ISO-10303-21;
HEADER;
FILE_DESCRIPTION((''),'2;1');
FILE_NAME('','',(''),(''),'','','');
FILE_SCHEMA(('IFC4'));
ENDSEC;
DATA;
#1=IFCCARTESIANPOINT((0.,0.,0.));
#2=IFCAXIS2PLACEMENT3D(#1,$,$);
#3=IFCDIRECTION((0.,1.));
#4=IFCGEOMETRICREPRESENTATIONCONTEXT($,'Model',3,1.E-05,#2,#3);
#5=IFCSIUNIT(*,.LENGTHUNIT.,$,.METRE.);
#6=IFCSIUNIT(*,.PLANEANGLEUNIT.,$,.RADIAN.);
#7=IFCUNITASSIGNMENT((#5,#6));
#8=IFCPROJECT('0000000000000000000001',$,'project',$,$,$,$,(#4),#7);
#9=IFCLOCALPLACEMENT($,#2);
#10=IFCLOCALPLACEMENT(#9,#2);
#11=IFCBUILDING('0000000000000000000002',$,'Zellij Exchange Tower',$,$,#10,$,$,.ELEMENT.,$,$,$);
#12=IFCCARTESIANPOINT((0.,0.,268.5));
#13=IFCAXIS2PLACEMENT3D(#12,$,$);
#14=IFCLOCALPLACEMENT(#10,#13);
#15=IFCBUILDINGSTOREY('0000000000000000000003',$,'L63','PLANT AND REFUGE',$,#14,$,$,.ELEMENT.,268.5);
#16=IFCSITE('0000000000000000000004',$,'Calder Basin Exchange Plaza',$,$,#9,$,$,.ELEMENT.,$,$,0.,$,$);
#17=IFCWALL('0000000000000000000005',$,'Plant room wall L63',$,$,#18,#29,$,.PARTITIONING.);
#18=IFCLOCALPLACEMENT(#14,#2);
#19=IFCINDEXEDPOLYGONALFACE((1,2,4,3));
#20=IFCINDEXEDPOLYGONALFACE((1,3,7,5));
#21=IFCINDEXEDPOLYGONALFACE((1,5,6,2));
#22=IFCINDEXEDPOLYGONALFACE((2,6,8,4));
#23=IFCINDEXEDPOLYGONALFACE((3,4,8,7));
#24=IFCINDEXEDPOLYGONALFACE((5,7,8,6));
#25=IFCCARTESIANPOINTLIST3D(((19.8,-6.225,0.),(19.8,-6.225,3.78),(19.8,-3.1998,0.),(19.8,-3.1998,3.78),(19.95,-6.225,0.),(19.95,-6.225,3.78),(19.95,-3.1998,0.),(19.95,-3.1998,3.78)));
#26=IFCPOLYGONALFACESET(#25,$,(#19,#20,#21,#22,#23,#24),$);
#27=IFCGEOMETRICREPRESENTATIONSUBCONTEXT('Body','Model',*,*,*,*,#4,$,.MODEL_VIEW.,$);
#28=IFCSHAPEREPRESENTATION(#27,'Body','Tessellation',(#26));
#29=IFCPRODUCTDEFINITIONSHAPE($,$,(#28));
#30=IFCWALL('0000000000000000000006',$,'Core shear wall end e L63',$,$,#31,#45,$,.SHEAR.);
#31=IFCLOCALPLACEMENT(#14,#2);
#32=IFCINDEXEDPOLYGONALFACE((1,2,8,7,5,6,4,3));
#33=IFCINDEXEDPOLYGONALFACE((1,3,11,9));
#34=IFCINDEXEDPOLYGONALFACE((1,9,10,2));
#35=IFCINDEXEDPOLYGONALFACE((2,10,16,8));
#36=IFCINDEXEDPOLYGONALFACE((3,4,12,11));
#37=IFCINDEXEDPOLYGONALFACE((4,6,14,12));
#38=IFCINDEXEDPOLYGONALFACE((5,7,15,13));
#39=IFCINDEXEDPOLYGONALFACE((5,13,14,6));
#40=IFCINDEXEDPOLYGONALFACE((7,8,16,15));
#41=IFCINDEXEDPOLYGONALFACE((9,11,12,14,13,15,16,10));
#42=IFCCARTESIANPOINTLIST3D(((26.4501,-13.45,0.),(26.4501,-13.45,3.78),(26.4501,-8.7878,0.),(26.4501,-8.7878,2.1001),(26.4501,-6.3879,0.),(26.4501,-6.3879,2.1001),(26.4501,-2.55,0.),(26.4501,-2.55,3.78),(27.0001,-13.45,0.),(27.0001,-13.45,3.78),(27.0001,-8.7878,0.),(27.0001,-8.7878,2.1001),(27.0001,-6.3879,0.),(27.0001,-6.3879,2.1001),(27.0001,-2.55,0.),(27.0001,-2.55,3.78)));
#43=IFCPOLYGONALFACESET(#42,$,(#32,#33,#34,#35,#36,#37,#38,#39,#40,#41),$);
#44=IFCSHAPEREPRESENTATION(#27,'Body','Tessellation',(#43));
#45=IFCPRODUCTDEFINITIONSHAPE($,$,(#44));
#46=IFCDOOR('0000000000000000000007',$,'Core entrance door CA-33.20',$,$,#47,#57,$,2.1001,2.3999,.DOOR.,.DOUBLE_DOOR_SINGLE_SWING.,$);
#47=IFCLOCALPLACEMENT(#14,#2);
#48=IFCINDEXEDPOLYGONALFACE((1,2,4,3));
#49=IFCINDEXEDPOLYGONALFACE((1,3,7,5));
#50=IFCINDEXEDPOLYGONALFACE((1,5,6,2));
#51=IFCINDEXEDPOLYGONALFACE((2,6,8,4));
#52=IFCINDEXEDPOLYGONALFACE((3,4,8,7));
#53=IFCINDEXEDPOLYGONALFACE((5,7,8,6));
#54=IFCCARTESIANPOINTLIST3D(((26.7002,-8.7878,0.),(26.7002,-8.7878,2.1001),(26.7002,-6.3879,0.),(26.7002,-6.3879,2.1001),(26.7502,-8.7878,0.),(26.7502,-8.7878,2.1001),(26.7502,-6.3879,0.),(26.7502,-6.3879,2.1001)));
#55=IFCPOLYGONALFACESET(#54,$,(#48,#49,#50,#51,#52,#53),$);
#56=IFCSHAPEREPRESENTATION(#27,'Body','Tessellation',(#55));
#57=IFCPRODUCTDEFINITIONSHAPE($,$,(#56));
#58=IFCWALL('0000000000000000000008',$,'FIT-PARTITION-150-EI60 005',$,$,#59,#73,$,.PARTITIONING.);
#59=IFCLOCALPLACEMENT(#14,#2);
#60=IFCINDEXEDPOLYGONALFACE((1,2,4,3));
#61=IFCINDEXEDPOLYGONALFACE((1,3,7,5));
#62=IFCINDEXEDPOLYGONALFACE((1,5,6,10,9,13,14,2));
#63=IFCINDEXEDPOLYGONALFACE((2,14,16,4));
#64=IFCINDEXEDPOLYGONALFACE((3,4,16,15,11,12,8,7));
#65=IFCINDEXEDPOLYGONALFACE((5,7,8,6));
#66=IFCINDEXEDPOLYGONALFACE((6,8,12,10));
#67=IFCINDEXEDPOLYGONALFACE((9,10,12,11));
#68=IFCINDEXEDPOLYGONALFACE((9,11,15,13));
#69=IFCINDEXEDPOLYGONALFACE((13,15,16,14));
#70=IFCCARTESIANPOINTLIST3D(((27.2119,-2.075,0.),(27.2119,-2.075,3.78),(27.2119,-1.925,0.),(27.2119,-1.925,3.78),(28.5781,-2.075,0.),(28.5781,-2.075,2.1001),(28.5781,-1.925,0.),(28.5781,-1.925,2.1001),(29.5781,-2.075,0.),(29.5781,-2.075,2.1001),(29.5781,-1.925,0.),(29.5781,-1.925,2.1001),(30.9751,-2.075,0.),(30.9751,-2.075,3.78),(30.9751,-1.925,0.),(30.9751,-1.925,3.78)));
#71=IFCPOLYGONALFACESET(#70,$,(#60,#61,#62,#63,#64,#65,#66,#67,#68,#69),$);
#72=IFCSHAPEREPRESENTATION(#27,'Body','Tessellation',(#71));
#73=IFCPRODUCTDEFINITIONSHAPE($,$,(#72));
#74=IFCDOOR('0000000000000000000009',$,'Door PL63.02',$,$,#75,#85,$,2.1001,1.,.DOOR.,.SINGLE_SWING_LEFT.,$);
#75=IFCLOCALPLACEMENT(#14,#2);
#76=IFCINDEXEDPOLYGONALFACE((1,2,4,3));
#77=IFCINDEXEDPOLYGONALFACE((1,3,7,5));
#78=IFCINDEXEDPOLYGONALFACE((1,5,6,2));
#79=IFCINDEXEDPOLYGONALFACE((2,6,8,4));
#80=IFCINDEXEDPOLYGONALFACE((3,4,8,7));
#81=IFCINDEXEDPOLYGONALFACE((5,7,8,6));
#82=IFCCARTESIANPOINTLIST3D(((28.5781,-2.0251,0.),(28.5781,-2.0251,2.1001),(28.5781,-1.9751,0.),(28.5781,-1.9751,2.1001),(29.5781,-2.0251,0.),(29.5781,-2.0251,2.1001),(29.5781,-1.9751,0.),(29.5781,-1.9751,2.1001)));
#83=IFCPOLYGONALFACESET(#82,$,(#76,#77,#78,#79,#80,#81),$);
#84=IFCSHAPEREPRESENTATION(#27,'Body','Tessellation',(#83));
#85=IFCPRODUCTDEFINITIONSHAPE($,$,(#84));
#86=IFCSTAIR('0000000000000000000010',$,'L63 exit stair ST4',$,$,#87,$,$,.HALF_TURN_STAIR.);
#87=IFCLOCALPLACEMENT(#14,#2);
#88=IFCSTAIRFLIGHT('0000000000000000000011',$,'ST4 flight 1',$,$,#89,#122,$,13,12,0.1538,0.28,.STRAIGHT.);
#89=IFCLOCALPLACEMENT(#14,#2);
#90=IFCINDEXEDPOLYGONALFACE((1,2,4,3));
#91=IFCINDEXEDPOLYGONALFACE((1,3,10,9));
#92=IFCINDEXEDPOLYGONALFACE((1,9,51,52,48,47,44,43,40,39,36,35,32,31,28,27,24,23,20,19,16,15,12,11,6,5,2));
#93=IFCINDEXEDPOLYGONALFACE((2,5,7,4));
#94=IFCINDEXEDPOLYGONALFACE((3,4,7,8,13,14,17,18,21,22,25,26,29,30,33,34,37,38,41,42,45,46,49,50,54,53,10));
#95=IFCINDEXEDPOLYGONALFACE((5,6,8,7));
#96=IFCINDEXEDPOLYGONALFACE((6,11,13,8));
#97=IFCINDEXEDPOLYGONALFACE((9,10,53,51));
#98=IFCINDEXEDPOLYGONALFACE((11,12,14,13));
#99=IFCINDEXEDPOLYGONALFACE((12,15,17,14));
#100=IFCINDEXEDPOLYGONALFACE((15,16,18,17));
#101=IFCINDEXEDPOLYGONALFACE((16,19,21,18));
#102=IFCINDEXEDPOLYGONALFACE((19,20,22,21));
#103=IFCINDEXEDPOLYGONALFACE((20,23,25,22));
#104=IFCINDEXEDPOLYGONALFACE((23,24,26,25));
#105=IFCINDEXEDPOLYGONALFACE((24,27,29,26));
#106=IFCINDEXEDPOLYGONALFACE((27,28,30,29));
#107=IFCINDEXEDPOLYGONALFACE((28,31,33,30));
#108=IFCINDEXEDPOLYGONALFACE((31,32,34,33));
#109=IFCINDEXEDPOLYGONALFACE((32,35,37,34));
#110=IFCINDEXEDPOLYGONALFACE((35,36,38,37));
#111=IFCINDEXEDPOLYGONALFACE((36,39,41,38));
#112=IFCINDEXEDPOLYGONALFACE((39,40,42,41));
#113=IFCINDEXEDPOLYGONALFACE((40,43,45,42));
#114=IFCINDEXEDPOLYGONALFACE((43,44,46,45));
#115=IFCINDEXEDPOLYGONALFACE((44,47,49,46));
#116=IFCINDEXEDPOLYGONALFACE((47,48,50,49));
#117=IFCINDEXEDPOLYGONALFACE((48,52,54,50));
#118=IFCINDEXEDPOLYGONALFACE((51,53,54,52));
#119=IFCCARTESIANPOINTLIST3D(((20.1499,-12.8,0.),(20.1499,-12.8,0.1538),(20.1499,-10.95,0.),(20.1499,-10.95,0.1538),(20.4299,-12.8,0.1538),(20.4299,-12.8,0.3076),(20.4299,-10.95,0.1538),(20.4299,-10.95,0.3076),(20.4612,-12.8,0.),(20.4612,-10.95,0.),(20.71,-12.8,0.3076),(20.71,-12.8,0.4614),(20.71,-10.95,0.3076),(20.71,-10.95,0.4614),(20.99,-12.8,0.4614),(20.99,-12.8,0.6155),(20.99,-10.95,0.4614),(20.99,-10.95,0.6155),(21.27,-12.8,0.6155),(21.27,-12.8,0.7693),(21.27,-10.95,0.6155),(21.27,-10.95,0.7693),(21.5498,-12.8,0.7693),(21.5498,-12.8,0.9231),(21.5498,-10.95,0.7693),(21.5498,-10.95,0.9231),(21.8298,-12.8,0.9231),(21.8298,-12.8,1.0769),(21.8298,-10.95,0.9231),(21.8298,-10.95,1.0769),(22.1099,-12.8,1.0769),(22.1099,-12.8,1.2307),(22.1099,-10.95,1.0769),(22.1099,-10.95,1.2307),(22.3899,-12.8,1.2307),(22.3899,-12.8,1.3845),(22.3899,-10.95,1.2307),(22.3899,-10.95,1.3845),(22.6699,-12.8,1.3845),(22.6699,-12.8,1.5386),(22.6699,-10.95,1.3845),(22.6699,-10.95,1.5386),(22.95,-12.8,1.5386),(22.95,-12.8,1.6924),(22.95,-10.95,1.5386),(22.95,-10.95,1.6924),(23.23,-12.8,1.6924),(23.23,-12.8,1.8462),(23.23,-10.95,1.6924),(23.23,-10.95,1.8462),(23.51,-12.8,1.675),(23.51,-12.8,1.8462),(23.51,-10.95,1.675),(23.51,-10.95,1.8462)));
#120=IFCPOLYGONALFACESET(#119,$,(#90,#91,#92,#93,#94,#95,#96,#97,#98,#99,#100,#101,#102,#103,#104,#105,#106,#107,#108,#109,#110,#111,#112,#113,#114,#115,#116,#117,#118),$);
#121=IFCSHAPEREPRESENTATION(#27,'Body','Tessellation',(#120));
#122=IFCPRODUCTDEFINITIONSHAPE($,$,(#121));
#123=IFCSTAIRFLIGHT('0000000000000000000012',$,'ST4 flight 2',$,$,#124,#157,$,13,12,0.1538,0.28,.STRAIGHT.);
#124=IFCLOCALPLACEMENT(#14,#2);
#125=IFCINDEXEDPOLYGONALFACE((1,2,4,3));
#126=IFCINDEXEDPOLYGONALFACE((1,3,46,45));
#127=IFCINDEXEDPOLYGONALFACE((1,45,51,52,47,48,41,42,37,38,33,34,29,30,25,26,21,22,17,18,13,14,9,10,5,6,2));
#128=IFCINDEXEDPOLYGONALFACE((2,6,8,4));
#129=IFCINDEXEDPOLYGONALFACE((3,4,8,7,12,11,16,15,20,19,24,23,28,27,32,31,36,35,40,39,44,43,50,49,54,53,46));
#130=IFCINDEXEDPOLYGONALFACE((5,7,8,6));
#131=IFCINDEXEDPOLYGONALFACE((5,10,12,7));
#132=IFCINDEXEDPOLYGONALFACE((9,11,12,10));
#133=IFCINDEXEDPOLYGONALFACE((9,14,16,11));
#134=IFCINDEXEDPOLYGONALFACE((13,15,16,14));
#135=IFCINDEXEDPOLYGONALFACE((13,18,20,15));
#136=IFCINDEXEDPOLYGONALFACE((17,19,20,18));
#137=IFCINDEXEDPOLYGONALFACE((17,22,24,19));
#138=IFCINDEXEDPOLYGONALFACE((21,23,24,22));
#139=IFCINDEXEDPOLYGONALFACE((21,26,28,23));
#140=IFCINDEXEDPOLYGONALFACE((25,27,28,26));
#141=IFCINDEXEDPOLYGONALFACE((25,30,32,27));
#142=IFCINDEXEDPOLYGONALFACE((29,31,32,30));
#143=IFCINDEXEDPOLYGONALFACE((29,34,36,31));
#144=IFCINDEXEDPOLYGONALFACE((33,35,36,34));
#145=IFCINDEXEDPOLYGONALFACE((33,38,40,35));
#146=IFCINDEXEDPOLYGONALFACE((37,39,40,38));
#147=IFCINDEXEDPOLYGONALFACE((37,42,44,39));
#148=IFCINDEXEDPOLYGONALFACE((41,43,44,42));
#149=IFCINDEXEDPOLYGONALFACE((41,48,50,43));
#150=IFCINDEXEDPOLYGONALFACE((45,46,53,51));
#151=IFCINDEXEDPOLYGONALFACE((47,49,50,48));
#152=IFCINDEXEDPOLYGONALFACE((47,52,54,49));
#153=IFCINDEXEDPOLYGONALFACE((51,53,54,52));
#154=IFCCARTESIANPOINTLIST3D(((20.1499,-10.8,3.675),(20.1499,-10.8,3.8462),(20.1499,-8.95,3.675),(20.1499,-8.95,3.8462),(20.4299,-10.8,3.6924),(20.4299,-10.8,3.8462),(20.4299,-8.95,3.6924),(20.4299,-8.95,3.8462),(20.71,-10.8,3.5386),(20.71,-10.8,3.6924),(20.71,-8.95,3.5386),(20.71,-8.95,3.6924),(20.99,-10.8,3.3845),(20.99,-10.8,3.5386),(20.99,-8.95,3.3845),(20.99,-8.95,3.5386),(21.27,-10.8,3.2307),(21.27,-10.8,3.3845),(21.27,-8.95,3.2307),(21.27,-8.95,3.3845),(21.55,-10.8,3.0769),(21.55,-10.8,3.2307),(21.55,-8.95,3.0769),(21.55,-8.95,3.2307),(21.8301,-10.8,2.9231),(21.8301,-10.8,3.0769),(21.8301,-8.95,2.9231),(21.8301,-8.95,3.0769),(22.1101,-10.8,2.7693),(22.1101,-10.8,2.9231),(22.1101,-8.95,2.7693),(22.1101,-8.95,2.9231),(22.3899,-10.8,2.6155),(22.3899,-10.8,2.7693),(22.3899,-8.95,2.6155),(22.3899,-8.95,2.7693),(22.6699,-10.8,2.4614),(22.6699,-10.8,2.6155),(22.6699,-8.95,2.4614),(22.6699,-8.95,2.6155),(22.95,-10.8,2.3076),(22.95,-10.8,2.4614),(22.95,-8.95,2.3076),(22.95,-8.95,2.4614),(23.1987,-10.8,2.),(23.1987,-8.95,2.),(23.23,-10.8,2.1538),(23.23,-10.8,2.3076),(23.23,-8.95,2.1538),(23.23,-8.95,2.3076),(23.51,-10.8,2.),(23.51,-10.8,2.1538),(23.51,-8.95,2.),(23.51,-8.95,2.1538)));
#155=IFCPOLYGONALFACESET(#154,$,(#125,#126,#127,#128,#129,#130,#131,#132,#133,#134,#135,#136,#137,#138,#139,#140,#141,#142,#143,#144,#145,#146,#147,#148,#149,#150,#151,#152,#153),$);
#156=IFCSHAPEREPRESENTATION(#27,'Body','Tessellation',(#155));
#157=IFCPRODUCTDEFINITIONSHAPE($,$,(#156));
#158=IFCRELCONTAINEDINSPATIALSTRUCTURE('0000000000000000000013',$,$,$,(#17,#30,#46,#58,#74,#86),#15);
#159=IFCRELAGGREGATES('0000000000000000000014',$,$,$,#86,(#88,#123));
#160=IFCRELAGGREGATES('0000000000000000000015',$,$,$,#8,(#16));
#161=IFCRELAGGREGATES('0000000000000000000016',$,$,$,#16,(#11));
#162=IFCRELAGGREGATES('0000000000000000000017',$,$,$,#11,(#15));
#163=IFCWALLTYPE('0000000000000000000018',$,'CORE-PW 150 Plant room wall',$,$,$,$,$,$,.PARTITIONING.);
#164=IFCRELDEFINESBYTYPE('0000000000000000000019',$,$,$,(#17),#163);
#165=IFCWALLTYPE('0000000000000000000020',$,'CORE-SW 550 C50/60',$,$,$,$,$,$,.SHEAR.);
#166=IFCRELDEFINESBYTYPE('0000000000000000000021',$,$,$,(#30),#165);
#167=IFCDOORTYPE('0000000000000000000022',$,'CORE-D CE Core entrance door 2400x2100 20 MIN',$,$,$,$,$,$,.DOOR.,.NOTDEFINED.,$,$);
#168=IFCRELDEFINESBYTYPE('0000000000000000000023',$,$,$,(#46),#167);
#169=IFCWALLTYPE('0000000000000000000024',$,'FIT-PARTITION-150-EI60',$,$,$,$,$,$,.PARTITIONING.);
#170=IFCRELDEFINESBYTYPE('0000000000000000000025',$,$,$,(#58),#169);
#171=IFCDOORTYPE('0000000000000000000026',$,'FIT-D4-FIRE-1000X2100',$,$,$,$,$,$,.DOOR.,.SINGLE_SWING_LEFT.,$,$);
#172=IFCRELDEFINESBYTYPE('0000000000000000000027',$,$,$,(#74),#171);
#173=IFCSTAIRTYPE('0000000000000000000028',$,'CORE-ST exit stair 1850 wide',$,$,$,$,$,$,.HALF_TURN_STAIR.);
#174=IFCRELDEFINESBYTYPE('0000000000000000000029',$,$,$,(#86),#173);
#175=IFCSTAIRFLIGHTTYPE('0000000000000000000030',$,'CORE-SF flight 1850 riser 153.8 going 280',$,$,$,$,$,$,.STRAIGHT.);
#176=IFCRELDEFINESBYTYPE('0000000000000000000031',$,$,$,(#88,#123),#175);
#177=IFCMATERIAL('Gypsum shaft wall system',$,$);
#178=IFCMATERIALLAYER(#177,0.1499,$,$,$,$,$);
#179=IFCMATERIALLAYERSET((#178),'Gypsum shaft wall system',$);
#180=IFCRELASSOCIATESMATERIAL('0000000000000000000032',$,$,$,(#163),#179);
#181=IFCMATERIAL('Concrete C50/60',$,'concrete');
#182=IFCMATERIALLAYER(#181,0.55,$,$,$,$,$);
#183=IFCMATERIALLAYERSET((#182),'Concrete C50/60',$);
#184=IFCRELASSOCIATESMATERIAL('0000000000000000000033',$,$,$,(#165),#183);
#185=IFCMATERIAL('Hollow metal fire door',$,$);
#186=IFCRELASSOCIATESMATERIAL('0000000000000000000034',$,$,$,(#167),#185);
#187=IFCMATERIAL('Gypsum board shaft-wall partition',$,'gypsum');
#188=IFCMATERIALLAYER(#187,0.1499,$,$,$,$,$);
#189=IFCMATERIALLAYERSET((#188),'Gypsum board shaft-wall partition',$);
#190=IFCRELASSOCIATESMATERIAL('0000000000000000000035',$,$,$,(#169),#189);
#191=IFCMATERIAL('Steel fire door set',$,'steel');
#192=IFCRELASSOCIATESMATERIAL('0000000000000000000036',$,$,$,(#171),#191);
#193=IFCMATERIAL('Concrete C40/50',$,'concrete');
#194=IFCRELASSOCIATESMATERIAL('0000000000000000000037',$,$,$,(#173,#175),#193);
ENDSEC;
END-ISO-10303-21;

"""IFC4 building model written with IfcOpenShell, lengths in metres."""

from ifc_helpers import new_model, si_unit, direction, frame, frame_2d, origin, place, context, subcontext, project, spatial, polyline, rectangle, outline, extrude, material, layer, layer_set, type_object, element, fill, aggregate, save


model = new_model("IFC4")

# Units and contexts
model_context = context("Model", 3, precision=1e-05, world=origin(), true_north=direction((0.0, 1.0)))
body_context = subcontext(model_context, "Body", "Model", "MODEL_VIEW")
ifc_project = project(units=[si_unit("LENGTHUNIT", "METRE"), si_unit("PLANEANGLEUNIT", "RADIAN")], contexts=[model_context])

# Site, building, storey
site_placement = place(None, origin())
site = spatial("IfcSite", under=ifc_project, at=site_placement, Name="Calder Basin Exchange Plaza", CompositionType="ELEMENT", RefElevation=0.0)
building_placement = place(site_placement, origin())
building = spatial("IfcBuilding", under=site, at=building_placement, Name="Zellij Exchange Tower", CompositionType="ELEMENT")
storey_placement = place(building_placement, frame((0.0, 0.0, 268.5)))
storey = spatial("IfcBuildingStorey", under=building, at=storey_placement, Name="L63", Description="PLANT AND REFUGE", CompositionType="ELEMENT", Elevation=268.5)

# Wall
ifc_material_1 = material(Name="Gypsum shaft wall system")
ifc_layer_1 = layer(ifc_material_1, 0.1499)
ifc_layer_set_1 = layer_set([ifc_layer_1], Name="Gypsum shaft wall system")
wall_type_1 = type_object("IfcWallType", Name="CORE-PW 150 Plant room wall", PredefinedType="PARTITIONING", material=ifc_layer_set_1)
wall_1_placement = place(storey_placement, frame((19.875, -6.2251, 0.0), z_axis=(0.0, 0.0, 1.0), x_axis=(0.0, 1.0, 0.0)))
element("IfcWall", 1, at=wall_1_placement, inside=storey, type_object=wall_type_1, Name="Plant room wall L63", PredefinedType="PARTITIONING", context=body_context, shape_type="SweptSolid", body=[
    extrude(rectangle(XDim=3.0251, YDim=0.1499, at=frame_2d((1.5127, 0.0))), origin(), (0.0, 0.0, 1.0), 3.78),
])

# Walls, openings, doors
ifc_material_2 = material(Name="Concrete C50/60", Category="concrete")
ifc_layer_2 = layer(ifc_material_2, 0.55)
ifc_layer_set_2 = layer_set([ifc_layer_2], Name="Concrete C50/60")
wall_type_2 = type_object("IfcWallType", Name="CORE-SW 550 C50/60", PredefinedType="SHEAR", material=ifc_layer_set_2)
wall_2_placement = place(storey_placement, frame((26.7251, -13.45, 0.0), z_axis=(0.0, 0.0, 1.0), x_axis=(0.0, 1.0, 0.0)))
wall_2 = element("IfcWall", 2, at=wall_2_placement, inside=storey, type_object=wall_type_2, Name="Core shear wall end e L63", PredefinedType="SHEAR", context=body_context, shape_type="SweptSolid", body=[
    extrude(rectangle(XDim=10.8999, YDim=0.55, at=frame_2d((5.45, 0.0))), origin(), (0.0, 0.0, 1.0), 3.78),
])
opening_1_placement = place(wall_2_placement, frame((4.6621, 0.0, 0.0)))
opening_1 = element("IfcOpeningElement", 3, at=opening_1_placement, cuts=wall_2, PredefinedType="OPENING", context=body_context, shape_type="SweptSolid", body=[
    extrude(rectangle(XDim=2.3999, YDim=2.1001, at=frame_2d((1.2, 1.05))), frame((0.0, 0.2871, 0.0), z_axis=(0.0, -1.0, 0.0), x_axis=(1.0, 0.0, 0.0)), (0.0, 0.0, 1.0), 0.574),
])
ifc_material_3 = material(Name="Hollow metal fire door")
door_type_1 = type_object("IfcDoorType", Name="CORE-D CE Core entrance door 2400x2100 20 MIN", OperationType="NOTDEFINED", PredefinedType="DOOR", material=ifc_material_3)
door_1_placement = place(opening_1_placement, origin())
door_1 = element("IfcDoor", 4, at=door_1_placement, inside=storey, type_object=door_type_1, Name="Core entrance door CA-33.20", OperationType="DOUBLE_DOOR_SINGLE_SWING", OverallHeight=2.1001, OverallWidth=2.3999, PredefinedType="DOOR", context=body_context, shape_type="SweptSolid", body=[
    extrude(rectangle(XDim=2.3999, YDim=2.1001, at=frame_2d((1.2, 1.05))), frame((0.0, 0.0249, 0.0), z_axis=(0.0, -1.0, 0.0), x_axis=(1.0, 0.0, 0.0)), (0.0, 0.0, 1.0), 0.05),
])
fill(opening_1, door_1)
ifc_material_4 = material(Name="Gypsum board shaft-wall partition", Category="gypsum")
ifc_layer_3 = layer(ifc_material_4, 0.1499)
ifc_layer_set_3 = layer_set([ifc_layer_3], Name="Gypsum board shaft-wall partition")
wall_type_3 = type_object("IfcWallType", Name="FIT-PARTITION-150-EI60", PredefinedType="PARTITIONING", material=ifc_layer_set_3)
wall_3_placement = place(storey_placement, frame((27.2119, -2.0, 0.0), z_axis=(0.0, 0.0, 1.0), x_axis=(1.0, 0.0, 0.0)))
wall_3 = element("IfcWall", 5, at=wall_3_placement, inside=storey, type_object=wall_type_3, Name="FIT-PARTITION-150-EI60 005", PredefinedType="PARTITIONING", context=body_context, shape_type="SweptSolid", body=[
    extrude(rectangle(XDim=3.7632, YDim=0.1499, at=frame_2d((1.8816, 0.0))), origin(), (0.0, 0.0, 1.0), 3.78),
])
opening_2_placement = place(wall_3_placement, frame((1.3662, 0.0, 0.0)))
opening_2 = element("IfcOpeningElement", 6, at=opening_2_placement, cuts=wall_3, PredefinedType="OPENING", context=body_context, shape_type="SweptSolid", body=[
    extrude(rectangle(XDim=1.0, YDim=2.1001, at=frame_2d((0.5, 1.05))), frame((0.0, 0.0869, 0.0), z_axis=(0.0, -1.0, 0.0), x_axis=(1.0, 0.0, 0.0)), (0.0, 0.0, 1.0), 0.1738),
])
ifc_material_5 = material(Name="Steel fire door set", Category="steel")
door_type_2 = type_object("IfcDoorType", Name="FIT-D4-FIRE-1000X2100", OperationType="SINGLE_SWING_LEFT", PredefinedType="DOOR", material=ifc_material_5)
door_2_placement = place(opening_2_placement, origin())
door_2 = element("IfcDoor", 7, at=door_2_placement, inside=storey, type_object=door_type_2, Name="Door PL63.02", OperationType="SINGLE_SWING_LEFT", OverallHeight=2.1001, OverallWidth=1.0, PredefinedType="DOOR", context=body_context, shape_type="SweptSolid", body=[
    extrude(rectangle(XDim=1.0, YDim=2.1001, at=frame_2d((0.5, 1.05))), frame((0.0, 0.0249, 0.0), z_axis=(0.0, -1.0, 0.0), x_axis=(1.0, 0.0, 0.0)), (0.0, 0.0, 1.0), 0.05),
])
fill(opening_2, door_2)

# Stair, stair flights
ifc_material_6 = material(Name="Concrete C40/50", Category="concrete")
stair_type = type_object("IfcStairType", Name="CORE-ST exit stair 1850 wide", PredefinedType="HALF_TURN_STAIR", material=ifc_material_6)
stair_placement = place(storey_placement, origin())
stair = element("IfcStair", 8, at=stair_placement, inside=storey, type_object=stair_type, Name="L63 exit stair ST4", PredefinedType="HALF_TURN_STAIR")
stair_flight_type = type_object("IfcStairFlightType", Name="CORE-SF flight 1850 riser 153.8 going 280", PredefinedType="STRAIGHT", material=ifc_material_6)
stair_flight_1_placement = place(storey_placement, frame((20.1499, -11.875, 0.0), z_axis=(0.0, 0.0, 1.0), x_axis=(1.0, 0.0, 0.0)))
stair_flight_1 = element("IfcStairFlight", 9, at=stair_flight_1_placement, type_object=stair_flight_type, Name="ST4 flight 1", NumberOfRisers=13, NumberOfTreads=12, PredefinedType="STRAIGHT", RiserHeight=0.1538, TreadLength=0.28, context=body_context, shape_type="SweptSolid", body=[
    extrude(outline(polyline([(0.0, 0.0), (0.0, 0.1538), (0.28, 0.1538), (0.28, 0.3076), (0.5601, 0.3076), (0.5601, 0.4614), (0.8401, 0.4614), (0.8401, 0.6155), (1.1201, 0.6155), (1.1201, 0.7693), (1.3999, 0.7693), (1.3999, 0.9231), (1.6799, 0.9231), (1.6799, 1.0769), (1.96, 1.0769), (1.96, 1.2307), (2.24, 1.2307), (2.24, 1.3845), (2.52, 1.3845), (2.52, 1.5386), (2.8, 1.5386), (2.8, 1.6924), (3.0801, 1.6924), (3.0801, 1.8462), (3.3601, 1.8462), (3.3601, 2.0), (3.3601, 1.675), (0.3113, 0.0), (0.0, 0.0)])), frame((0.0, 0.925, 0.0), z_axis=(0.0, -1.0, 0.0), x_axis=(1.0, 0.0, 0.0)), (0.0, 0.0, 1.0), 1.8501),
])
stair_flight_2_placement = place(storey_placement, frame((23.51, -9.875, 2.0), z_axis=(0.0, 0.0, 1.0), x_axis=(-1.0, 0.0, 0.0)))
stair_flight_2 = element("IfcStairFlight", 10, at=stair_flight_2_placement, type_object=stair_flight_type, Name="ST4 flight 2", NumberOfRisers=13, NumberOfTreads=12, PredefinedType="STRAIGHT", RiserHeight=0.1538, TreadLength=0.28, context=body_context, shape_type="SweptSolid", body=[
    extrude(outline(polyline([(0.0, 0.0), (0.0, 0.1538), (0.28, 0.1538), (0.28, 0.3076), (0.5601, 0.3076), (0.5601, 0.4614), (0.8401, 0.4614), (0.8401, 0.6155), (1.1201, 0.6155), (1.1201, 0.7693), (1.3999, 0.7693), (1.3999, 0.9231), (1.6799, 0.9231), (1.6799, 1.0769), (1.96, 1.0769), (1.96, 1.2307), (2.24, 1.2307), (2.24, 1.3845), (2.52, 1.3845), (2.52, 1.5386), (2.8, 1.5386), (2.8, 1.6924), (3.0801, 1.6924), (3.0801, 1.8462), (3.3601, 1.8462), (3.3601, 2.0), (3.3601, 1.675), (0.3113, 0.0), (0.0, 0.0)])), frame((0.0, 0.925, 0.0), z_axis=(0.0, -1.0, 0.0), x_axis=(1.0, 0.0, 0.0)), (0.0, 0.0, 1.0), 1.8501),
])
aggregate(stair, [stair_flight_1, stair_flight_2])

save(model, "model.ifc")
